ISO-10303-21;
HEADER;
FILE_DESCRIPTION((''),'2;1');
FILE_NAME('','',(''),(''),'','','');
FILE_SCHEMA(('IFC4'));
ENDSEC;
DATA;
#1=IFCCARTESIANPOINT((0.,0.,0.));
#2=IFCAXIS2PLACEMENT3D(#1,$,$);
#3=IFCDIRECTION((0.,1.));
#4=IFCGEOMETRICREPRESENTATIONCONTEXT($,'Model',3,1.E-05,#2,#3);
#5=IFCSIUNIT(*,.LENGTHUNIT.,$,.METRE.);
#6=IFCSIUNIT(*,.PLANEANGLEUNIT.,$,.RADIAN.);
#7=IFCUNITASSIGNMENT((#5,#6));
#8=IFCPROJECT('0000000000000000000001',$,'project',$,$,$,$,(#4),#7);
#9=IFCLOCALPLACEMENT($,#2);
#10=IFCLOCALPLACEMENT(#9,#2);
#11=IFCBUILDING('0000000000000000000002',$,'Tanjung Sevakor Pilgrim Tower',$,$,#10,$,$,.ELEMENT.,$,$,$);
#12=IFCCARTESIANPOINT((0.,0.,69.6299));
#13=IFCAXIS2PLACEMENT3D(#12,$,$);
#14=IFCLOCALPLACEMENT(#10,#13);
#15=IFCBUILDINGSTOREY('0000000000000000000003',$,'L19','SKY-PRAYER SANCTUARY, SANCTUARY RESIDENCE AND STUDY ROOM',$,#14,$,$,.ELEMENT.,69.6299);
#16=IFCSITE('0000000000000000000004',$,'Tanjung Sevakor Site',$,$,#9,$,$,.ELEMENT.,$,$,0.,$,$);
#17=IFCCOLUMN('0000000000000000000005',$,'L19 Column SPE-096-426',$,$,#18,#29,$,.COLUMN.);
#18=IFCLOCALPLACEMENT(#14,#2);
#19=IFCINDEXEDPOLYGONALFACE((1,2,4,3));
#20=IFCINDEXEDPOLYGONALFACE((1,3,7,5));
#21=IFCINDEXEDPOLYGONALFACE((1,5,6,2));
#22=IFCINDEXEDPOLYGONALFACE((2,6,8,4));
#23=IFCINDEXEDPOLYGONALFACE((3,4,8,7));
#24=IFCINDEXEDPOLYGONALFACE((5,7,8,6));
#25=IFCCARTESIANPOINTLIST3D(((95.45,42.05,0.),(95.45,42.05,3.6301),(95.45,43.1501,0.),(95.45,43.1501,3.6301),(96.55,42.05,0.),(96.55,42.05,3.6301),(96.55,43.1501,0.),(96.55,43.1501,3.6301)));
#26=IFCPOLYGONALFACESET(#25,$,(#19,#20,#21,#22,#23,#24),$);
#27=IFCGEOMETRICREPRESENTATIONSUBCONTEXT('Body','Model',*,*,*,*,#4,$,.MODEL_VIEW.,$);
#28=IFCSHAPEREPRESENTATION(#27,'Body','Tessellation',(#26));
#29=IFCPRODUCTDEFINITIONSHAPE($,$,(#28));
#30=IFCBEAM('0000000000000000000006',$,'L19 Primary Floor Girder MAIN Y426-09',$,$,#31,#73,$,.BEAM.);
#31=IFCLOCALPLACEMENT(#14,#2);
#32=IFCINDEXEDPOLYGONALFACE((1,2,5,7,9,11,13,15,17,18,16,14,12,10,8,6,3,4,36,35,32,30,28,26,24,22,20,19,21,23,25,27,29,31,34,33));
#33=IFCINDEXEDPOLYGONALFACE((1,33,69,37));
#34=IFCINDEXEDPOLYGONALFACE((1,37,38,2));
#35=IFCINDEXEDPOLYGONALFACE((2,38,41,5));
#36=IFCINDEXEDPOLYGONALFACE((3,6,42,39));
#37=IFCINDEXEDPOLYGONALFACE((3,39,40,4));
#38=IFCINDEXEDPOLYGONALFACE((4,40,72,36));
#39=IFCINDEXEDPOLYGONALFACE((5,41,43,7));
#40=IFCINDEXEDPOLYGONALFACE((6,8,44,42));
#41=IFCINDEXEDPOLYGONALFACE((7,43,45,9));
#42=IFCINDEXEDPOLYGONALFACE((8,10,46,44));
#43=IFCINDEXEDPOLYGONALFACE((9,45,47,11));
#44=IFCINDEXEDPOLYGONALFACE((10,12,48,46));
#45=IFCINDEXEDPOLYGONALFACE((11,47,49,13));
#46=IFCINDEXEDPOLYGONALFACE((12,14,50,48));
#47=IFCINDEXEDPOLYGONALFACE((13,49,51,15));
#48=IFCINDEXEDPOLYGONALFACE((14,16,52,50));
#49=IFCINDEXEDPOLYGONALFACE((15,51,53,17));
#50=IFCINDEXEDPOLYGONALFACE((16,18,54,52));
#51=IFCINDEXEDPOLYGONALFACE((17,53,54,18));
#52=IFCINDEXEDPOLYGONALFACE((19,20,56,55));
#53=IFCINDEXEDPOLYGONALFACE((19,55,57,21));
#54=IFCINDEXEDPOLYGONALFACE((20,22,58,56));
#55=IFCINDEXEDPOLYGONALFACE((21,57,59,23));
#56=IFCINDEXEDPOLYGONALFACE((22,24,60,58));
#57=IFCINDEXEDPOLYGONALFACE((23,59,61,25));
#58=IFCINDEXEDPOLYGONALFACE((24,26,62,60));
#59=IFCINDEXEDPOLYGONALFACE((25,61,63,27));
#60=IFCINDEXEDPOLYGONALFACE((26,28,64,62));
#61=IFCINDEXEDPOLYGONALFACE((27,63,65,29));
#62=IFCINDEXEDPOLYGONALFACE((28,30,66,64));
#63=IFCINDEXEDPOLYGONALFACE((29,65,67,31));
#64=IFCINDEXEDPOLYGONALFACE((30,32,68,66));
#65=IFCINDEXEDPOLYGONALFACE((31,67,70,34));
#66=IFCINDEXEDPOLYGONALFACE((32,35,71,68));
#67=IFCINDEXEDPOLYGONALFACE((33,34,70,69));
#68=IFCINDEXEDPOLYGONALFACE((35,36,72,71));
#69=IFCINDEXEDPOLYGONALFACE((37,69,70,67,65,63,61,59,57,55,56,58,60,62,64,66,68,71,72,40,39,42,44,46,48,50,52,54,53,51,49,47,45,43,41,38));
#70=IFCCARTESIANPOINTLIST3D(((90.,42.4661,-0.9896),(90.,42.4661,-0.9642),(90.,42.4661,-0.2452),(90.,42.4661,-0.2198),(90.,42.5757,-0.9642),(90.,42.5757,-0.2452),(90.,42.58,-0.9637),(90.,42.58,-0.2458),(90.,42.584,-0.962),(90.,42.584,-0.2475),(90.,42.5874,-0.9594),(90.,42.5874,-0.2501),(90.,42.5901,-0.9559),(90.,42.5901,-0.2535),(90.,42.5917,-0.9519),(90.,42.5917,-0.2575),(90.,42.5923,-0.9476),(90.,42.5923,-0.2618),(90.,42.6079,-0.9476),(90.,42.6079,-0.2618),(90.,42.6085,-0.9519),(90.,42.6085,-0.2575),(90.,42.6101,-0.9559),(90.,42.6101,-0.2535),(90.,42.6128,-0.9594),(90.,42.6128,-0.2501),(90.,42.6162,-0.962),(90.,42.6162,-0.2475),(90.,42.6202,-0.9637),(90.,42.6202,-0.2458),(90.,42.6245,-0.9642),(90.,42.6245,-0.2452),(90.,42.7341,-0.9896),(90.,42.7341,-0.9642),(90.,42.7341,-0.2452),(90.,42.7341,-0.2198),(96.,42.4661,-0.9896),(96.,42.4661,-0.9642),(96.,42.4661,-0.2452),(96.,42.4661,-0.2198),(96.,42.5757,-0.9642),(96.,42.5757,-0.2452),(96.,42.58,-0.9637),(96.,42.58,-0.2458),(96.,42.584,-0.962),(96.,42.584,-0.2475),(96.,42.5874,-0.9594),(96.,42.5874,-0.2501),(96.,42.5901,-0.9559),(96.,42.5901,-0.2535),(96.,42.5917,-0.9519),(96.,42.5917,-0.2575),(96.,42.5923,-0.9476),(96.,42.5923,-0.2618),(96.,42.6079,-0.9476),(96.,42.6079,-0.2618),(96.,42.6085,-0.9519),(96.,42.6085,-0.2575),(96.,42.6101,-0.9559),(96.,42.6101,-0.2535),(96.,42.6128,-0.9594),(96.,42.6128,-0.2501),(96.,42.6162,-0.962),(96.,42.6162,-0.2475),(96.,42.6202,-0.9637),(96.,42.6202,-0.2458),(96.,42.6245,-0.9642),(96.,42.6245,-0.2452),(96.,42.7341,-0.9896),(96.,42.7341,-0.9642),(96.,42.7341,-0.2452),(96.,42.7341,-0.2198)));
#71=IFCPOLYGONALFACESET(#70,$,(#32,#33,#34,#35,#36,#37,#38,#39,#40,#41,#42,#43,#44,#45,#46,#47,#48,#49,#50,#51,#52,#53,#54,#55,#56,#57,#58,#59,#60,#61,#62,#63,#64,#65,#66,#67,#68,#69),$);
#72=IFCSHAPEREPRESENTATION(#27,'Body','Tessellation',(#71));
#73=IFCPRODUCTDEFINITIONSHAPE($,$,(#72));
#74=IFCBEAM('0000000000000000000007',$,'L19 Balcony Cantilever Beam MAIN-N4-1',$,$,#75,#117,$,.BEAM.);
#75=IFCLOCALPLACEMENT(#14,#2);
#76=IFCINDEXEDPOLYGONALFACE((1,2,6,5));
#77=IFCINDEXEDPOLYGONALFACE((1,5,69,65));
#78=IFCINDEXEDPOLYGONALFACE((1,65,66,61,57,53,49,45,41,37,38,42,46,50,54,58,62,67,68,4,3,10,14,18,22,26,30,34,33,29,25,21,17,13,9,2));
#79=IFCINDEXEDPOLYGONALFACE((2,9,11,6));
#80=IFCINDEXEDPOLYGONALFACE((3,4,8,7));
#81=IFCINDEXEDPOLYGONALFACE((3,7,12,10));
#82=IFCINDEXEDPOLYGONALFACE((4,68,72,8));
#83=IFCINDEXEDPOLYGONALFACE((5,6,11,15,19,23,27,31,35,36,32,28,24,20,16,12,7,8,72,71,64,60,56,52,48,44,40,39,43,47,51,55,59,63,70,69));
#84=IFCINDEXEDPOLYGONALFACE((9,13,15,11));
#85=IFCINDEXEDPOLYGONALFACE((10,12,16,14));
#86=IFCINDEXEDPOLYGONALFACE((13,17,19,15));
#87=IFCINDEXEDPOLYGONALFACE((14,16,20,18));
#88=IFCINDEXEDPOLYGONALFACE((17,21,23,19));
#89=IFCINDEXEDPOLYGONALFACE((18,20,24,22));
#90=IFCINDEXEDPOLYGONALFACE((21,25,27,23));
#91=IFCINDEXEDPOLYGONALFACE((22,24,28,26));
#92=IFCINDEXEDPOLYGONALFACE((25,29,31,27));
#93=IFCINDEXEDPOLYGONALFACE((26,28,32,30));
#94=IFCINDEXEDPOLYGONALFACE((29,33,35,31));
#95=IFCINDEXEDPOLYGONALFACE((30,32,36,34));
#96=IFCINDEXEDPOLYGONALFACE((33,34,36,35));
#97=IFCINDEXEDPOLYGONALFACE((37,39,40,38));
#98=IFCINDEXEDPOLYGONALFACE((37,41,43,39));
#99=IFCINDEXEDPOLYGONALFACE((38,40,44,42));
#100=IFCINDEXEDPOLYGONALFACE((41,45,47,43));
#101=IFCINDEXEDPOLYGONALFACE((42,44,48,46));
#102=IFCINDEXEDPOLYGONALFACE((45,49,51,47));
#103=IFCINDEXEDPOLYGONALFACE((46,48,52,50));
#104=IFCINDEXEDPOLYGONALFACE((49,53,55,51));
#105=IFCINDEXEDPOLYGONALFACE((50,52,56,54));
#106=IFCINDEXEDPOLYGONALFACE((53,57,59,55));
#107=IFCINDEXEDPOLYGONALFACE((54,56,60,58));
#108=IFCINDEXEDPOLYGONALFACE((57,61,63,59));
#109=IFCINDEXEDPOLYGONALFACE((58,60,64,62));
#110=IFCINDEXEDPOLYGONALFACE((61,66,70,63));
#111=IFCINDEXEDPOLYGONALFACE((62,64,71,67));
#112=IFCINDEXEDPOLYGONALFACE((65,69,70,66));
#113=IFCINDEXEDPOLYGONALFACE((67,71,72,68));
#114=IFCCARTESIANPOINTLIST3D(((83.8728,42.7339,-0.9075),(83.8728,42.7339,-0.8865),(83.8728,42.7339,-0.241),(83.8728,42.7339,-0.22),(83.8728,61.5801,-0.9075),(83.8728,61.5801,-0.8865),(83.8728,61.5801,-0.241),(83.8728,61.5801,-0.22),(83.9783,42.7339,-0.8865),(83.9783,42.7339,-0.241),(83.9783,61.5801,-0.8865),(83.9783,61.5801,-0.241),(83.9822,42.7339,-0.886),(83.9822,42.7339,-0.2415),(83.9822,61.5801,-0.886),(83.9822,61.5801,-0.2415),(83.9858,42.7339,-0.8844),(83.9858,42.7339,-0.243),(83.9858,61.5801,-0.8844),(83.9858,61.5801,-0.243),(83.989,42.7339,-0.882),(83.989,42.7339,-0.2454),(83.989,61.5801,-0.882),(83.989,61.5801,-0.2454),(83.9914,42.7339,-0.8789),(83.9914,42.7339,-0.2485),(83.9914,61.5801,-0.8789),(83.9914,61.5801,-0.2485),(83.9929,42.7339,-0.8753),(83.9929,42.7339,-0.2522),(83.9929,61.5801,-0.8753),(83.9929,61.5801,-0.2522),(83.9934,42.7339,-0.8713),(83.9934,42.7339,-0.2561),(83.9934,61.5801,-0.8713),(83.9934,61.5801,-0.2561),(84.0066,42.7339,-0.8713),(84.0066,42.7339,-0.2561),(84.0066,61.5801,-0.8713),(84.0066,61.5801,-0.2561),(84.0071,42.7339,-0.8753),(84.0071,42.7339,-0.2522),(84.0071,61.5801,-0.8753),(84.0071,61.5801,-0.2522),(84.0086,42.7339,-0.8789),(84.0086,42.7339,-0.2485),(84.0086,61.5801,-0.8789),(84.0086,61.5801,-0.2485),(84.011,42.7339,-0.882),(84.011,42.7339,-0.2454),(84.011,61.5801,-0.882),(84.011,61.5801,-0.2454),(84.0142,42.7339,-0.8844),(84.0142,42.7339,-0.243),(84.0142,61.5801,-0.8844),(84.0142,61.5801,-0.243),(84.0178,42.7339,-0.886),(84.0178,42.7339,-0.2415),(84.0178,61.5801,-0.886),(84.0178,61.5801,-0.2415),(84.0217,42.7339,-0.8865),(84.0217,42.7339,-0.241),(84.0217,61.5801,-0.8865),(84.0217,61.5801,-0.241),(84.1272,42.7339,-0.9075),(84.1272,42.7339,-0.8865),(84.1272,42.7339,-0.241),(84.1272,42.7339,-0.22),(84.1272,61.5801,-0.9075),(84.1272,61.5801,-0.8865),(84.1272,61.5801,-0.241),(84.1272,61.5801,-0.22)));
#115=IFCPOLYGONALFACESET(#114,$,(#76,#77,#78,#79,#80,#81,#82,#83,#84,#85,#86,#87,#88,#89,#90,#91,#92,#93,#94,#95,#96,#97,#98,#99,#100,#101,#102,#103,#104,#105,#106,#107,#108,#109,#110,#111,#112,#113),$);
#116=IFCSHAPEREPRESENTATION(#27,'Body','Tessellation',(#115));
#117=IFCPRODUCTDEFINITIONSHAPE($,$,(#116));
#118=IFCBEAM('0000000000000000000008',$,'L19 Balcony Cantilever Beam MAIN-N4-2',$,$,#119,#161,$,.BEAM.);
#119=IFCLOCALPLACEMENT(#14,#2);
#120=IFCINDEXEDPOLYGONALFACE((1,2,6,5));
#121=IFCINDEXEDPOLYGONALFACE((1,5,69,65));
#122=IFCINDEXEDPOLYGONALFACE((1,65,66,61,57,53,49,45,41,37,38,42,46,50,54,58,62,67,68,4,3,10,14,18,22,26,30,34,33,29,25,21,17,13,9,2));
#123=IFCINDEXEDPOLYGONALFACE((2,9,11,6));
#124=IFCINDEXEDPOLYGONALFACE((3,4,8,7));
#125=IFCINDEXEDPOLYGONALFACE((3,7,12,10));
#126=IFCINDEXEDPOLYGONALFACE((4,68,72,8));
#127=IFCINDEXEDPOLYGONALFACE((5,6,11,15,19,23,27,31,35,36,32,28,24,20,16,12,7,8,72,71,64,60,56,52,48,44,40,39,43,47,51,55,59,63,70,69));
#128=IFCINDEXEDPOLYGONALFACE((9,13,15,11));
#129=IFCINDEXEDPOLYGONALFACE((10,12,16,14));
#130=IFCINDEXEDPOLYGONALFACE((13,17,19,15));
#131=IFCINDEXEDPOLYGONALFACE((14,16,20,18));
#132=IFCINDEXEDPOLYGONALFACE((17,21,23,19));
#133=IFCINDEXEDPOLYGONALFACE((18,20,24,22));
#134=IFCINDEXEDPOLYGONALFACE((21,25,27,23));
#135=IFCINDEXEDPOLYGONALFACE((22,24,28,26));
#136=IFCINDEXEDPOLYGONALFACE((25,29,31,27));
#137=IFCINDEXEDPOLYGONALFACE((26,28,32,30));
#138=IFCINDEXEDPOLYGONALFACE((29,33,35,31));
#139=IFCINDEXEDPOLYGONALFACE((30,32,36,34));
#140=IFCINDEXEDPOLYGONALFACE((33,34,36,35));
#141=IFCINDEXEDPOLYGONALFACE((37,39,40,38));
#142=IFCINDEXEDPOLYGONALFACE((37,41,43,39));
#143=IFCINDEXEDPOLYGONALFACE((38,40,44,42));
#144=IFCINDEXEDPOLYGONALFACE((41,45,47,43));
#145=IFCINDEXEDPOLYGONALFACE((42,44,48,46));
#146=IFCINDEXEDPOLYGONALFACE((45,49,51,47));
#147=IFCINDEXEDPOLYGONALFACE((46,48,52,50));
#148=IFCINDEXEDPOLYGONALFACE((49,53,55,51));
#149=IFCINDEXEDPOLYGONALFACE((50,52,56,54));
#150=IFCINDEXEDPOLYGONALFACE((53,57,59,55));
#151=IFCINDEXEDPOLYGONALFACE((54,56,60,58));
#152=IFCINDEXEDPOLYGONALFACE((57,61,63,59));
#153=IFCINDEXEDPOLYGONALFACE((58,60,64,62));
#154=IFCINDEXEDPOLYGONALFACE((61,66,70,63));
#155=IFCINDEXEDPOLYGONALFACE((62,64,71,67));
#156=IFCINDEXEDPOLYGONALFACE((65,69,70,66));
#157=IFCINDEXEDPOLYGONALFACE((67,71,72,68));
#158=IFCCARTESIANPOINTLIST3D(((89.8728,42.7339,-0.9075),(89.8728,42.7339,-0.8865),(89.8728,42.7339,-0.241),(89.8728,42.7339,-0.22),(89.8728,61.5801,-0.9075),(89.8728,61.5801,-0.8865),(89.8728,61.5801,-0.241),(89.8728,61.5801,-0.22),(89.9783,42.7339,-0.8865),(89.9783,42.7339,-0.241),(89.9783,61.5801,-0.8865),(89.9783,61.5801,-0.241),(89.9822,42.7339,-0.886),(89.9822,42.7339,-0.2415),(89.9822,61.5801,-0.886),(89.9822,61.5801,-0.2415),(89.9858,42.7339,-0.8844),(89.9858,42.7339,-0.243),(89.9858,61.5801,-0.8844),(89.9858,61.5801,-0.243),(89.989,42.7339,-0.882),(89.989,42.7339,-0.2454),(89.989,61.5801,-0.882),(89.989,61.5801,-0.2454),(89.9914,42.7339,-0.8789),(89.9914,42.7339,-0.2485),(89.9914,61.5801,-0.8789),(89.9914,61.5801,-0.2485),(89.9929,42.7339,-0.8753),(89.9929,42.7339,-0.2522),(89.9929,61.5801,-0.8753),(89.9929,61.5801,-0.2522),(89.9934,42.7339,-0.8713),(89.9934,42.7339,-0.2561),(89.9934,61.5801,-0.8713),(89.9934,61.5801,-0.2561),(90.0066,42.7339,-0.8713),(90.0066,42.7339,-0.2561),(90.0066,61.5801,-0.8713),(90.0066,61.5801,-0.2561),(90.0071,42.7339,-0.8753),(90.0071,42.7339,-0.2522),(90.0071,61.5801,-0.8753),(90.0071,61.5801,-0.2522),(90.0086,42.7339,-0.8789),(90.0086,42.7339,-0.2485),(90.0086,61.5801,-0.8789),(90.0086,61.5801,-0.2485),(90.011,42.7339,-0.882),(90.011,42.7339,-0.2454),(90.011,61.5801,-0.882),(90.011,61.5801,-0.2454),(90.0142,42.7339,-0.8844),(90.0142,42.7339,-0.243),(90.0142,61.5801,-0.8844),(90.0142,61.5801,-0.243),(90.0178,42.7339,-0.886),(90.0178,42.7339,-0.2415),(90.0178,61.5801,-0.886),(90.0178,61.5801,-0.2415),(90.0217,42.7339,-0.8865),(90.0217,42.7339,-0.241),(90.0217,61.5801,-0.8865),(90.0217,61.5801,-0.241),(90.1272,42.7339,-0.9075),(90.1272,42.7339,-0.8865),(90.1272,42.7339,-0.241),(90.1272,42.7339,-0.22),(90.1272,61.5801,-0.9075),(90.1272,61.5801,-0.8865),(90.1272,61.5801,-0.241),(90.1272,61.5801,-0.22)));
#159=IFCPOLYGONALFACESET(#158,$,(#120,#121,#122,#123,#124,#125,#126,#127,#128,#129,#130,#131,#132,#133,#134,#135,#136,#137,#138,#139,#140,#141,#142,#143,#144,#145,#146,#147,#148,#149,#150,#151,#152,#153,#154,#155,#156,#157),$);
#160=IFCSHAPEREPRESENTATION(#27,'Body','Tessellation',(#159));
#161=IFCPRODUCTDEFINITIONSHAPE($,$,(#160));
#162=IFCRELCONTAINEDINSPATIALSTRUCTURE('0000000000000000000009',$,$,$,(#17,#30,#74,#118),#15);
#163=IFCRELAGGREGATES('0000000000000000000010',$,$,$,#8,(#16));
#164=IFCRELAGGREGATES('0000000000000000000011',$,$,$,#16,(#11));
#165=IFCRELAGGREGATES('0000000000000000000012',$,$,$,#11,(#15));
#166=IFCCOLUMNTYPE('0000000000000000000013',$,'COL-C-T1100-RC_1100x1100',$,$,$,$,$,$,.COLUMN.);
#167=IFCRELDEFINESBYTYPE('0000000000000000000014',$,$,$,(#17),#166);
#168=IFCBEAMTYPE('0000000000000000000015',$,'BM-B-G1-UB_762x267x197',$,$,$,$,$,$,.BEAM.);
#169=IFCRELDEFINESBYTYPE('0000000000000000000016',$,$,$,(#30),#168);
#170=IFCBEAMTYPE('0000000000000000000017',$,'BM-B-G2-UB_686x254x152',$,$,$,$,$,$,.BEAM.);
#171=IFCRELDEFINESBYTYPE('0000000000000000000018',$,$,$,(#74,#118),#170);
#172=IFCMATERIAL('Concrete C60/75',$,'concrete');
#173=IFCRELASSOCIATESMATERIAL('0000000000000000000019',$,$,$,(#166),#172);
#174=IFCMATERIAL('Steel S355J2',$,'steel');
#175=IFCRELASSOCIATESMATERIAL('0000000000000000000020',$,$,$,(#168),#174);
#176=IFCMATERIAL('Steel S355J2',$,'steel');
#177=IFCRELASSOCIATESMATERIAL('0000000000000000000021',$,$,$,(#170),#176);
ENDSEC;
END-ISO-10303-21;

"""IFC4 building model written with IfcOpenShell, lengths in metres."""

from ifc_helpers import new_model, si_unit, direction, frame, origin, origin_2d, place, context, subcontext, project, spatial, rectangle, i_section, extrude, material, material_profile, profile_set, type_object, element, save


model = new_model("IFC4")

# Units and contexts
model_context = context("Model", 3, precision=1e-05, world=origin(), true_north=direction((0.0, 1.0)))
body_context = subcontext(model_context, "Body", "Model", "MODEL_VIEW")
ifc_project = project(units=[si_unit("LENGTHUNIT", "METRE"), si_unit("PLANEANGLEUNIT", "RADIAN")], contexts=[model_context])

# Site, building, storey
site_placement = place(None, origin())
site = spatial("IfcSite", under=ifc_project, at=site_placement, Name="Tanjung Sevakor Site", CompositionType="ELEMENT", RefElevation=0.0)
building_placement = place(site_placement, origin())
building = spatial("IfcBuilding", under=site, at=building_placement, Name="Tanjung Sevakor Pilgrim Tower", CompositionType="ELEMENT")
storey_placement = place(building_placement, frame((0.0, 0.0, 69.6299)))
storey = spatial("IfcBuildingStorey", under=building, at=storey_placement, Name="L19", Description="SKY-PRAYER SANCTUARY, SANCTUARY RESIDENCE AND STUDY ROOM", CompositionType="ELEMENT", Elevation=69.6299)

# Column
ifc_material_1 = material(Name="Concrete C60/75", Category="concrete")
ifc_material_profile_1 = material_profile(ifc_material_1, rectangle(XDim=1.1001, YDim=1.1001, at=origin_2d()))
ifc_profile_set_1 = profile_set([ifc_material_profile_1], Name="Concrete C60/75")
column_type = type_object("IfcColumnType", Name="COL-C-T1100-RC_1100x1100", PredefinedType="COLUMN", material=ifc_profile_set_1)
column_placement = place(storey_placement, frame((96.0, 42.6001, 0.0), z_axis=(0.0, 0.0, 1.0), x_axis=(1.0, 0.0, 0.0)))
element("IfcColumn", 1, at=column_placement, inside=storey, type_object=column_type, Name="L19 Column SPE-096-426", PredefinedType="COLUMN", context=body_context, shape_type="SweptSolid", body=[
    extrude(rectangle(XDim=1.1001, YDim=1.1001, at=origin_2d()), origin(), (0.0, 0.0, 1.0), 3.6301),
])

# Beams
ifc_material_2 = material(Name="Steel S355J2", Category="steel")
ifc_material_profile_2 = material_profile(ifc_material_2, i_section(OverallWidth=0.2681, OverallDepth=0.7698, WebThickness=0.0156, FlangeThickness=0.0254, FilletRadius=0.0166, at=origin_2d()))
ifc_profile_set_2 = profile_set([ifc_material_profile_2], Name="Steel S355J2")
beam_type_1 = type_object("IfcBeamType", Name="BM-B-G1-UB_762x267x197", PredefinedType="BEAM", material=ifc_profile_set_2)
beam_1_placement = place(storey_placement, frame((90.0, 42.6001, -0.6047), z_axis=(1.0, 0.0, 0.0), x_axis=(0.0, 1.0, 0.0)))
element("IfcBeam", 2, at=beam_1_placement, inside=storey, type_object=beam_type_1, Name="L19 Primary Floor Girder MAIN Y426-09", PredefinedType="BEAM", context=body_context, shape_type="SweptSolid", body=[
    extrude(i_section(OverallWidth=0.2681, OverallDepth=0.7698, WebThickness=0.0156, FlangeThickness=0.0254, FilletRadius=0.0166, at=origin_2d()), origin(), (0.0, 0.0, 1.0), 6.0),
])
ifc_material_3 = material(Name="Steel S355J2", Category="steel")
ifc_material_profile_3 = material_profile(ifc_material_3, i_section(OverallWidth=0.2544, OverallDepth=0.6875, WebThickness=0.0132, FlangeThickness=0.021, FilletRadius=0.0151, at=origin_2d()))
ifc_profile_set_3 = profile_set([ifc_material_profile_3], Name="Steel S355J2")
beam_type_2 = type_object("IfcBeamType", Name="BM-B-G2-UB_686x254x152", PredefinedType="BEAM", material=ifc_profile_set_3)
for number, where, z_axis, x_axis, name in (
    (3, (84.0, 42.7339, -0.5637), (0.0, 1.0, 0.0), (-1.0, 0.0, 0.0), "L19 Balcony Cantilever Beam MAIN-N4-1"),
    (4, (90.0, 42.7339, -0.5637), (0.0, 1.0, 0.0), (-1.0, 0.0, 0.0), "L19 Balcony Cantilever Beam MAIN-N4-2"),
):
    element("IfcBeam", number, at=place(storey_placement, frame(where, z_axis=z_axis, x_axis=x_axis)), inside=storey, type_object=beam_type_2, Name=name, PredefinedType="BEAM", context=body_context, shape_type="SweptSolid", body=[
        extrude(i_section(OverallWidth=0.2544, OverallDepth=0.6875, WebThickness=0.0132, FlangeThickness=0.021, FilletRadius=0.0151, at=origin_2d()), origin(), (0.0, 0.0, 1.0), 18.8462),
    ])

save(model, "model.ifc")
